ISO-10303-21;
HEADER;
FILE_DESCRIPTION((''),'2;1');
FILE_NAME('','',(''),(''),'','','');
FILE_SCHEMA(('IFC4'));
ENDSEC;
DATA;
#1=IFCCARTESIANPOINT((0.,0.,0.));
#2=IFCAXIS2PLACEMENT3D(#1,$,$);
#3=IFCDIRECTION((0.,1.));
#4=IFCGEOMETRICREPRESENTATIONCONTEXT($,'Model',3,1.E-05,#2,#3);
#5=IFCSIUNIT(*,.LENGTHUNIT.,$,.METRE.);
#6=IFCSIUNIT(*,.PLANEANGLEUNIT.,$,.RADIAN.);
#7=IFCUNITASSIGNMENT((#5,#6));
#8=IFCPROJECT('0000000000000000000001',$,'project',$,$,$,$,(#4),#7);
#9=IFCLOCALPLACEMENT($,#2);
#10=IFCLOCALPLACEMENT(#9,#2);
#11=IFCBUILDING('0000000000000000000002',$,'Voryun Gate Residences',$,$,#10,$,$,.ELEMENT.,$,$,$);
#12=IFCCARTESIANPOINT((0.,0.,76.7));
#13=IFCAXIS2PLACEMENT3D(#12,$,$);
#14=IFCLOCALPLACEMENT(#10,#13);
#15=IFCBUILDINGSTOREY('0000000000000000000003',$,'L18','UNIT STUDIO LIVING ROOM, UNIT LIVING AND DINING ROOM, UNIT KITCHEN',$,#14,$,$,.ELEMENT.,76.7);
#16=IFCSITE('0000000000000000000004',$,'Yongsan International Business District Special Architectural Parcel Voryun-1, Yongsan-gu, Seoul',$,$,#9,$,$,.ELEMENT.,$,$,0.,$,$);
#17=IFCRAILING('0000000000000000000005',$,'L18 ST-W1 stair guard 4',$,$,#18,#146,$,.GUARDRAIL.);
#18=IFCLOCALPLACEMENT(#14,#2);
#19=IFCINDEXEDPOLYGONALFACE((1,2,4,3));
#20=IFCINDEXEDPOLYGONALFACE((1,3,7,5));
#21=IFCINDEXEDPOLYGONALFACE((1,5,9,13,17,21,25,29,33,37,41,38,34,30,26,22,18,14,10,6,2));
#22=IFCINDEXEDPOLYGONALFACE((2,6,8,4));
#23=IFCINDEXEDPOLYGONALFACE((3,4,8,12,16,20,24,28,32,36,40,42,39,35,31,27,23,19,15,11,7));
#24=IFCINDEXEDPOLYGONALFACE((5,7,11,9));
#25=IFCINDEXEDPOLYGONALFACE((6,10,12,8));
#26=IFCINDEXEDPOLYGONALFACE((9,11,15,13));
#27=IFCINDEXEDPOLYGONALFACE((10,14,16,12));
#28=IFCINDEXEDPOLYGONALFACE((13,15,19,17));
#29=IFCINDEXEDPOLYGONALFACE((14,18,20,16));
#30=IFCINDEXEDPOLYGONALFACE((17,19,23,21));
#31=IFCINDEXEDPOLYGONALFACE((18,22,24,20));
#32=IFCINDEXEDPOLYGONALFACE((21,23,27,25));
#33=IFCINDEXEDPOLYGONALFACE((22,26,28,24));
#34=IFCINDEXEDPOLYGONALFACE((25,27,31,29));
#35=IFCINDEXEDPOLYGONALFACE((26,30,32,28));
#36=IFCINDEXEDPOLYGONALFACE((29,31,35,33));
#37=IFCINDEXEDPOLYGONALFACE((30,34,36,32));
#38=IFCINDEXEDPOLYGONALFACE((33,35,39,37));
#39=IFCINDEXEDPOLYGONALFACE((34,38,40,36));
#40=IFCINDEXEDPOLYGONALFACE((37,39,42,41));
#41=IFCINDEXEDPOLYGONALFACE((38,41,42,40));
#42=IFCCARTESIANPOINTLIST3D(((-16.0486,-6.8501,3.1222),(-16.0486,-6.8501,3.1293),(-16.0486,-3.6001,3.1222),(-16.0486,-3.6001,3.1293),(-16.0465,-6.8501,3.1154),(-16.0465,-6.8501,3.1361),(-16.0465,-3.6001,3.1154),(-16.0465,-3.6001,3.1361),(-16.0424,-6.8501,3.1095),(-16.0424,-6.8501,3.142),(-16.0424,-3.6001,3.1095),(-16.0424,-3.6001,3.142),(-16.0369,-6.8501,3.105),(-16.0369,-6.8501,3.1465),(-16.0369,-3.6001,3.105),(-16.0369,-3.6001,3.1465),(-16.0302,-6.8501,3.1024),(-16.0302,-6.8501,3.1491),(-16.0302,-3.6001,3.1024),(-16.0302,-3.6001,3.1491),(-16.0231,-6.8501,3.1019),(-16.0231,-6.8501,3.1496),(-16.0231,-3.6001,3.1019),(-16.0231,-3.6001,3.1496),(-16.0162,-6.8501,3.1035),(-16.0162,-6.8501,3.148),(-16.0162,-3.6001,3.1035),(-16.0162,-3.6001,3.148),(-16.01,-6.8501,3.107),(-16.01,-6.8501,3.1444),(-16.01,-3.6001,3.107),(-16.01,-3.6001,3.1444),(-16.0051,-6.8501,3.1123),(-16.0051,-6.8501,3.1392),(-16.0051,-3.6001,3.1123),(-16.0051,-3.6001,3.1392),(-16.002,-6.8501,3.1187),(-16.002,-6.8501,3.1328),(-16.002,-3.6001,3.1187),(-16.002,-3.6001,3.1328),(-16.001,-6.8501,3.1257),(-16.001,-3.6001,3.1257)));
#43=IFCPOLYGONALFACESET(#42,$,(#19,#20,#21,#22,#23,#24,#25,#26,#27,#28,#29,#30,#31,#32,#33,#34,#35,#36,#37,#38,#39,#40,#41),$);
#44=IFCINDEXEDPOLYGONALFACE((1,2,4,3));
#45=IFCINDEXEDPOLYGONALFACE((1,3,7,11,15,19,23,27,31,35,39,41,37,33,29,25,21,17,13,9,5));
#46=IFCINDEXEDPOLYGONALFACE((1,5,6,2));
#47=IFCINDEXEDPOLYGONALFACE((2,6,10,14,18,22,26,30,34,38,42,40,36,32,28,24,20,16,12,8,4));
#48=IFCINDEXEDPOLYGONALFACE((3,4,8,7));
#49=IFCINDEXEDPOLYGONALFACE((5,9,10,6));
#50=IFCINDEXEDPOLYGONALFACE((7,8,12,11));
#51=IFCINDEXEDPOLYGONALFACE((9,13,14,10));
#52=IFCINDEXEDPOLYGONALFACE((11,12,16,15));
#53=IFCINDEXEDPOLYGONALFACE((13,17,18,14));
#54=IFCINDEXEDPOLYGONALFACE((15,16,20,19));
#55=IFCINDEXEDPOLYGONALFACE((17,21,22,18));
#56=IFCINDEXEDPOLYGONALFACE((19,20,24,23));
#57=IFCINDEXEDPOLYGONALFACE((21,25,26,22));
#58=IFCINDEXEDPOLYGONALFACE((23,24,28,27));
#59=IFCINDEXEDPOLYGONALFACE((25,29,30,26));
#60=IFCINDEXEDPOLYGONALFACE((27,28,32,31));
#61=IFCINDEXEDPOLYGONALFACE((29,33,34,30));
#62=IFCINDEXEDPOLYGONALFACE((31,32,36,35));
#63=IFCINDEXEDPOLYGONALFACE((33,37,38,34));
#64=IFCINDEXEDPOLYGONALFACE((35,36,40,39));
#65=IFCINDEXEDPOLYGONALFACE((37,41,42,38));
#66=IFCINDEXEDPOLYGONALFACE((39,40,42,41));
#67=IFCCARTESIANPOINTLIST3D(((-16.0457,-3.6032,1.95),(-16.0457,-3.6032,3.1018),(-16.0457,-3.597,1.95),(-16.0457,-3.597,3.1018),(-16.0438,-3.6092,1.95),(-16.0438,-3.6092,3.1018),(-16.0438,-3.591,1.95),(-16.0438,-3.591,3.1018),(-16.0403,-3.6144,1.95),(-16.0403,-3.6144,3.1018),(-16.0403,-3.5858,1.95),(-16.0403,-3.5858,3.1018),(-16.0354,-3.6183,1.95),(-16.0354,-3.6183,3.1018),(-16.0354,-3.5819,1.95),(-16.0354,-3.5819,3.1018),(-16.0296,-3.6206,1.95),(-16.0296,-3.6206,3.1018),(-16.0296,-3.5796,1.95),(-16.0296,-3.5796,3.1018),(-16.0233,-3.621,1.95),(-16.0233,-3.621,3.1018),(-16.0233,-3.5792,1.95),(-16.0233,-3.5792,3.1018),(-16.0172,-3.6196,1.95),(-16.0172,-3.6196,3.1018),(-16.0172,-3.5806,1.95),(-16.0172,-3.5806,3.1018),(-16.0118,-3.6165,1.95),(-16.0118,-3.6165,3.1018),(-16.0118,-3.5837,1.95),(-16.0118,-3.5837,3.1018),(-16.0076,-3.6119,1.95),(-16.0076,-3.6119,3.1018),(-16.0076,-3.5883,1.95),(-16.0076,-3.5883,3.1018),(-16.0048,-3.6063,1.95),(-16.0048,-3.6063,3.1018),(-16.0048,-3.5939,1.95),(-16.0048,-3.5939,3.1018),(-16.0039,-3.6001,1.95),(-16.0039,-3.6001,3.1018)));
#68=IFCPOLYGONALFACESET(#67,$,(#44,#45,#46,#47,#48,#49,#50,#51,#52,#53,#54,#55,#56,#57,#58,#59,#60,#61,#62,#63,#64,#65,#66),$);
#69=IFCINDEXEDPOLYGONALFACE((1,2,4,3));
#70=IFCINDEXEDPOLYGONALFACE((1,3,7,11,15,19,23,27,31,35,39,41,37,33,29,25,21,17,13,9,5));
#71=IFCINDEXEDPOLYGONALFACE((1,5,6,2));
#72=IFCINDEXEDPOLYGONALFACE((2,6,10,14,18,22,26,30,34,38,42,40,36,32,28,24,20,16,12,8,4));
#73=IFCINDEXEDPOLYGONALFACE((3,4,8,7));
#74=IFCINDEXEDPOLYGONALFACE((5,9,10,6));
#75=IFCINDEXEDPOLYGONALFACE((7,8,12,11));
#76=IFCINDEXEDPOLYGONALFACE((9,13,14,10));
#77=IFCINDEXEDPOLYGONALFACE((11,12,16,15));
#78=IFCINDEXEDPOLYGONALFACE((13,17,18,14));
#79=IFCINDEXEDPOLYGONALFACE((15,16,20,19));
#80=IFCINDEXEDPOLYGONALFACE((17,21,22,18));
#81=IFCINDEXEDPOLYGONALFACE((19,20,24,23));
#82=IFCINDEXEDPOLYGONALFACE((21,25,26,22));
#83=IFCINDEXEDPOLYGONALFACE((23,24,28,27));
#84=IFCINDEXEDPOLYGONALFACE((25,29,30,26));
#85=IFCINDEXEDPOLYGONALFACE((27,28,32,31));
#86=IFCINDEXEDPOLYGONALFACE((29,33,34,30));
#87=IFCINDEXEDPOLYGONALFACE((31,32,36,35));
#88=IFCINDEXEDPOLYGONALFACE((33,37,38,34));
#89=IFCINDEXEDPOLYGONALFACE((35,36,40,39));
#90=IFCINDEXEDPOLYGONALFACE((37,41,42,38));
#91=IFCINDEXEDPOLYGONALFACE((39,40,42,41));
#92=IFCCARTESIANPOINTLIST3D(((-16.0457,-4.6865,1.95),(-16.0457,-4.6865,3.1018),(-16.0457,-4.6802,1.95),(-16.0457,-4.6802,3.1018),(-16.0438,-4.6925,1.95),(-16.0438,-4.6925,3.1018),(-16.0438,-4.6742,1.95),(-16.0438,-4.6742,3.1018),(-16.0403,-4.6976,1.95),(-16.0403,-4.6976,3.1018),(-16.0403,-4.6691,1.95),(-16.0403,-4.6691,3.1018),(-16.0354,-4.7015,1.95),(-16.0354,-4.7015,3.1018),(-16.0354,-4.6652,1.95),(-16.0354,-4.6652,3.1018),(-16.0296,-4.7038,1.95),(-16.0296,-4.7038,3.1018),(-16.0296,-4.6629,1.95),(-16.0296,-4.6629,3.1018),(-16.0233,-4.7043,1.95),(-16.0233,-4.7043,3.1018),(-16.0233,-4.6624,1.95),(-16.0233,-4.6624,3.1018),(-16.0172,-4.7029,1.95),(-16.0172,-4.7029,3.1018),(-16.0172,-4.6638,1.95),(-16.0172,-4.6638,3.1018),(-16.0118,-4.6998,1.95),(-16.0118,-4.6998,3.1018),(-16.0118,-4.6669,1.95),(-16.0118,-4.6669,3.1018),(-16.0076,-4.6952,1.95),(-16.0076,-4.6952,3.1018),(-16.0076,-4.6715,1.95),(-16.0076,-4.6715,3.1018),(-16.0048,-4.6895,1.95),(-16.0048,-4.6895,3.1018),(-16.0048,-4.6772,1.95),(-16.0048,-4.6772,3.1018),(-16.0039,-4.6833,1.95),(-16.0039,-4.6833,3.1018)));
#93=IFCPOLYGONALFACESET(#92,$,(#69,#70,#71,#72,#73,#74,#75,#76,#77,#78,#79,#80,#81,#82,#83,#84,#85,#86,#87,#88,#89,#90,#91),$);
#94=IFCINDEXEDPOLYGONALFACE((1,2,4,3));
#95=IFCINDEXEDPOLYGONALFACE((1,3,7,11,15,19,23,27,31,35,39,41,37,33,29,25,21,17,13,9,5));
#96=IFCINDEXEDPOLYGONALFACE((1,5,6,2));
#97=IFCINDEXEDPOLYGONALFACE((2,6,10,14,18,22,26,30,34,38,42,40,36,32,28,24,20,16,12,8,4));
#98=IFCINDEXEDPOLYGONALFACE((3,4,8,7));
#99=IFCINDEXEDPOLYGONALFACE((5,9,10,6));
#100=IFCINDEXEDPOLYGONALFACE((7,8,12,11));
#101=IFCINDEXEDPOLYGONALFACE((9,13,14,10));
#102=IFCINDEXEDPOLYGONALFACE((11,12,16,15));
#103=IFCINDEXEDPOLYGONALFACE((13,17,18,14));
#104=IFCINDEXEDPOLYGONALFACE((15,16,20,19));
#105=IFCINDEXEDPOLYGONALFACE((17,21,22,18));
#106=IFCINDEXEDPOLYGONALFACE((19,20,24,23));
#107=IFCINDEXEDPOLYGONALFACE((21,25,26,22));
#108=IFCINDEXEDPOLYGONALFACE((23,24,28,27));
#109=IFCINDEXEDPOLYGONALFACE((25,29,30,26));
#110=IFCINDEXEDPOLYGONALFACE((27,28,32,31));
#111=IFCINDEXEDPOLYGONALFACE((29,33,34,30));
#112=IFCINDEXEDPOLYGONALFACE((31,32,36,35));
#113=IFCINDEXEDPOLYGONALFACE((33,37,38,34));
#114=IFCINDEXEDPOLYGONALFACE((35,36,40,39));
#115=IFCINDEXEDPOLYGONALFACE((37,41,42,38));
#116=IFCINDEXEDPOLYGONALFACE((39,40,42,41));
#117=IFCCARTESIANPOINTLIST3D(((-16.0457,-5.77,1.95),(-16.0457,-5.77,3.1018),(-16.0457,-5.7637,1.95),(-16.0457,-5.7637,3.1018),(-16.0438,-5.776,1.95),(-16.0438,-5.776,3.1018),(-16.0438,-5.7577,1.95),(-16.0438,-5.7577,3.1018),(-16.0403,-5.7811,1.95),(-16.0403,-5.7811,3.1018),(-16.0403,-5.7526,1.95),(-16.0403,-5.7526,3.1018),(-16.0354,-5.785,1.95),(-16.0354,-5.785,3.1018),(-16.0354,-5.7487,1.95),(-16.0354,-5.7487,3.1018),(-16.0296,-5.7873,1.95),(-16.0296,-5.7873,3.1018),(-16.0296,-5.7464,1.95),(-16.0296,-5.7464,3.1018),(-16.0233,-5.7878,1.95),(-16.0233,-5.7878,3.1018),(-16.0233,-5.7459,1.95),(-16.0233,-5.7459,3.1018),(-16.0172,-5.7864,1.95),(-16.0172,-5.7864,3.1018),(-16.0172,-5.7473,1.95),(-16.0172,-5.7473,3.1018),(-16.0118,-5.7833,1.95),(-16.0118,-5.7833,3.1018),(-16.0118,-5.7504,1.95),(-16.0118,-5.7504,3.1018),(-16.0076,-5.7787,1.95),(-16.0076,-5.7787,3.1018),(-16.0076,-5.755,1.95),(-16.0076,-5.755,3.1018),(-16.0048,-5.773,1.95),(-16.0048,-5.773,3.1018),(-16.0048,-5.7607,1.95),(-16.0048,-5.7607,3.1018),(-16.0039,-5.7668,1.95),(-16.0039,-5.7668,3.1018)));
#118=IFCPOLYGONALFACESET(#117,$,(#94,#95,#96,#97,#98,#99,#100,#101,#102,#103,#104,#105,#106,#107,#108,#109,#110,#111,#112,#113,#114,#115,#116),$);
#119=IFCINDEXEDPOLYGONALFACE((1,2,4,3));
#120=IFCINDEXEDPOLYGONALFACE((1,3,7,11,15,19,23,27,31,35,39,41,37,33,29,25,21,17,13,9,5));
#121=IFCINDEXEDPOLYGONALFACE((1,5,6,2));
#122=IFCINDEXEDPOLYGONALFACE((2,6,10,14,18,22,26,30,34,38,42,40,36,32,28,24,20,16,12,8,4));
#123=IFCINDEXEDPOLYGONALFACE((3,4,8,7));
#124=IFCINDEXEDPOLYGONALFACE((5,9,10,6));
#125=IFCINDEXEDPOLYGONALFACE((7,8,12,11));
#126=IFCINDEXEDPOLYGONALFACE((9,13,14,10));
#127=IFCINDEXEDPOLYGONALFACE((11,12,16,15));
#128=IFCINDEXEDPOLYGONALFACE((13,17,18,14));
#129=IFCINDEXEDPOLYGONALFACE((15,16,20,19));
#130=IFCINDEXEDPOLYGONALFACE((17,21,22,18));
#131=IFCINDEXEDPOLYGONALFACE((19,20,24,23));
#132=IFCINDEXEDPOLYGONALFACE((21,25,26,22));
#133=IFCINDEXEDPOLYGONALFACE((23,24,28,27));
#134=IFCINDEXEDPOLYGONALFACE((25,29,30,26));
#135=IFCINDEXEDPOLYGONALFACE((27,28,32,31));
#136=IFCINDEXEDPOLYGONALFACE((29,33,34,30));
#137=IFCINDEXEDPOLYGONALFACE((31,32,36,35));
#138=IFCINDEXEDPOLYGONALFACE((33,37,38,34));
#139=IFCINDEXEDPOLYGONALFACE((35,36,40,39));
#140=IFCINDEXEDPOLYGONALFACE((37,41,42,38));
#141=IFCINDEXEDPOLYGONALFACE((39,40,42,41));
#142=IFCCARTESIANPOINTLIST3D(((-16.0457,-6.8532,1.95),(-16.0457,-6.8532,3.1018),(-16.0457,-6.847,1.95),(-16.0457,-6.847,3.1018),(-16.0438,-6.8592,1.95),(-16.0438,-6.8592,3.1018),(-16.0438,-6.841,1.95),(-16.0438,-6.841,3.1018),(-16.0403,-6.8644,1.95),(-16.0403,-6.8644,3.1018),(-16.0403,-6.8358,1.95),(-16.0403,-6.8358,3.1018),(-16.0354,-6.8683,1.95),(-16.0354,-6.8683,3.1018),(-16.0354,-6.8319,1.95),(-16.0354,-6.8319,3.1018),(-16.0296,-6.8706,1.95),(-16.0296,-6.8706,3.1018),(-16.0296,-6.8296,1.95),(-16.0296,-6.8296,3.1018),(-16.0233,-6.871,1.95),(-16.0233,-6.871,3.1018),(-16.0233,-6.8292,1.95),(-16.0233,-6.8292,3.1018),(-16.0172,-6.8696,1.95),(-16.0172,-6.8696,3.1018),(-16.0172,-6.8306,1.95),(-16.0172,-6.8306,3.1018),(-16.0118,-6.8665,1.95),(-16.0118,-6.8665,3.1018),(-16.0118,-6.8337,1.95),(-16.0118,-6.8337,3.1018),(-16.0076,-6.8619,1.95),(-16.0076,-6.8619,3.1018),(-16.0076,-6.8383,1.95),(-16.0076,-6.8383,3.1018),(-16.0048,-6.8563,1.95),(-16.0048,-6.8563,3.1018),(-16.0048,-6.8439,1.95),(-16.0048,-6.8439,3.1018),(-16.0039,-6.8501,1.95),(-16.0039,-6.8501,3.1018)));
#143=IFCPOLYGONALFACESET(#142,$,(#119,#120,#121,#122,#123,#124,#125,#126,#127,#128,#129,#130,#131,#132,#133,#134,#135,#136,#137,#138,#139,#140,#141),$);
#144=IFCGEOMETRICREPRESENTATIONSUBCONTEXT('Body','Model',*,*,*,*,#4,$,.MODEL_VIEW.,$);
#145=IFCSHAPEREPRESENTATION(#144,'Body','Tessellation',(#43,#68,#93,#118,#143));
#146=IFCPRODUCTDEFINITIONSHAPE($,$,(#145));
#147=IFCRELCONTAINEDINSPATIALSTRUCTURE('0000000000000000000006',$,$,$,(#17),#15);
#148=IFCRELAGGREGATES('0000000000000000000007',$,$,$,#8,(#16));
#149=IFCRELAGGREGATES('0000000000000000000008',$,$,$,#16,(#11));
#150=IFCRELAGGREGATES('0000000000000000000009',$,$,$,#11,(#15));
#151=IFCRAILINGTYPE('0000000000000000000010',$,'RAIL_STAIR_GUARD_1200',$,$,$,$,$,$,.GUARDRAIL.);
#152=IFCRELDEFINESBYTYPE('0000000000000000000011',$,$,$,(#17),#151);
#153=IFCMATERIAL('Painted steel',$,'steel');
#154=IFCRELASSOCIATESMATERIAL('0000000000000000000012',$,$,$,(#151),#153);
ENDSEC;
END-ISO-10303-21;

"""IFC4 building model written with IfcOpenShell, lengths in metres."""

from ifc_helpers import new_model, si_unit, direction, frame, origin, origin_2d, place, context, subcontext, project, spatial, circle, extrude, material, type_object, element, save


model = new_model("IFC4")

# Units and contexts
model_context = context("Model", 3, precision=1e-05, world=origin(), true_north=direction((0.0, 1.0)))
body_context = subcontext(model_context, "Body", "Model", "MODEL_VIEW")
ifc_project = project(units=[si_unit("LENGTHUNIT", "METRE"), si_unit("PLANEANGLEUNIT", "RADIAN")], contexts=[model_context])

# Site, building, storey
site_placement = place(None, origin())
site = spatial("IfcSite", under=ifc_project, at=site_placement, Name="Yongsan International Business District Special Architectural Parcel Voryun-1, Yongsan-gu, Seoul", CompositionType="ELEMENT", RefElevation=0.0)
building_placement = place(site_placement, origin())
building = spatial("IfcBuilding", under=site, at=building_placement, Name="Voryun Gate Residences", CompositionType="ELEMENT")
storey_placement = place(building_placement, frame((0.0, 0.0, 76.7)))
storey = spatial("IfcBuildingStorey", under=building, at=storey_placement, Name="L18", Description="UNIT STUDIO LIVING ROOM, UNIT LIVING AND DINING ROOM, UNIT KITCHEN", CompositionType="ELEMENT", Elevation=76.7)

# Railing
ifc_material_1 = material(Name="Painted steel", Category="steel")
railing_type_1 = type_object("IfcRailingType", Name="RAIL_STAIR_GUARD_1200", PredefinedType="GUARDRAIL", material=ifc_material_1)
for number, where, name in (
    (1, (-16.0249, -3.6001, 1.95), "L18 ST-W1 stair guard 4"),
):
    element("IfcRailing", number, at=place(storey_placement, frame(where)), inside=storey, type_object=railing_type_1, Name=name, PredefinedType="GUARDRAIL", context=body_context, shape_type="SweptSolid", body=[
        extrude(circle(Radius=0.0239, at=origin_2d()), frame((0.0, 0.0, 1.1758), z_axis=(0.0, -1.0, 0.0), x_axis=(1.0, 0.0, 0.0)), (0.0, 0.0, 1.0), 3.25),
        extrude(circle(Radius=0.021, at=origin_2d()), origin(), (0.0, 0.0, 1.0), 1.1519),
        extrude(circle(Radius=0.021, at=origin_2d()), frame((0.0, -1.0833, 0.0)), (0.0, 0.0, 1.0), 1.1519),
        extrude(circle(Radius=0.021, at=origin_2d()), frame((0.0, -2.1667, 0.0)), (0.0, 0.0, 1.0), 1.1519),
        extrude(circle(Radius=0.021, at=origin_2d()), frame((0.0, -3.25, 0.0)), (0.0, 0.0, 1.0), 1.1519),
    ])

save(model, "model.ifc")
